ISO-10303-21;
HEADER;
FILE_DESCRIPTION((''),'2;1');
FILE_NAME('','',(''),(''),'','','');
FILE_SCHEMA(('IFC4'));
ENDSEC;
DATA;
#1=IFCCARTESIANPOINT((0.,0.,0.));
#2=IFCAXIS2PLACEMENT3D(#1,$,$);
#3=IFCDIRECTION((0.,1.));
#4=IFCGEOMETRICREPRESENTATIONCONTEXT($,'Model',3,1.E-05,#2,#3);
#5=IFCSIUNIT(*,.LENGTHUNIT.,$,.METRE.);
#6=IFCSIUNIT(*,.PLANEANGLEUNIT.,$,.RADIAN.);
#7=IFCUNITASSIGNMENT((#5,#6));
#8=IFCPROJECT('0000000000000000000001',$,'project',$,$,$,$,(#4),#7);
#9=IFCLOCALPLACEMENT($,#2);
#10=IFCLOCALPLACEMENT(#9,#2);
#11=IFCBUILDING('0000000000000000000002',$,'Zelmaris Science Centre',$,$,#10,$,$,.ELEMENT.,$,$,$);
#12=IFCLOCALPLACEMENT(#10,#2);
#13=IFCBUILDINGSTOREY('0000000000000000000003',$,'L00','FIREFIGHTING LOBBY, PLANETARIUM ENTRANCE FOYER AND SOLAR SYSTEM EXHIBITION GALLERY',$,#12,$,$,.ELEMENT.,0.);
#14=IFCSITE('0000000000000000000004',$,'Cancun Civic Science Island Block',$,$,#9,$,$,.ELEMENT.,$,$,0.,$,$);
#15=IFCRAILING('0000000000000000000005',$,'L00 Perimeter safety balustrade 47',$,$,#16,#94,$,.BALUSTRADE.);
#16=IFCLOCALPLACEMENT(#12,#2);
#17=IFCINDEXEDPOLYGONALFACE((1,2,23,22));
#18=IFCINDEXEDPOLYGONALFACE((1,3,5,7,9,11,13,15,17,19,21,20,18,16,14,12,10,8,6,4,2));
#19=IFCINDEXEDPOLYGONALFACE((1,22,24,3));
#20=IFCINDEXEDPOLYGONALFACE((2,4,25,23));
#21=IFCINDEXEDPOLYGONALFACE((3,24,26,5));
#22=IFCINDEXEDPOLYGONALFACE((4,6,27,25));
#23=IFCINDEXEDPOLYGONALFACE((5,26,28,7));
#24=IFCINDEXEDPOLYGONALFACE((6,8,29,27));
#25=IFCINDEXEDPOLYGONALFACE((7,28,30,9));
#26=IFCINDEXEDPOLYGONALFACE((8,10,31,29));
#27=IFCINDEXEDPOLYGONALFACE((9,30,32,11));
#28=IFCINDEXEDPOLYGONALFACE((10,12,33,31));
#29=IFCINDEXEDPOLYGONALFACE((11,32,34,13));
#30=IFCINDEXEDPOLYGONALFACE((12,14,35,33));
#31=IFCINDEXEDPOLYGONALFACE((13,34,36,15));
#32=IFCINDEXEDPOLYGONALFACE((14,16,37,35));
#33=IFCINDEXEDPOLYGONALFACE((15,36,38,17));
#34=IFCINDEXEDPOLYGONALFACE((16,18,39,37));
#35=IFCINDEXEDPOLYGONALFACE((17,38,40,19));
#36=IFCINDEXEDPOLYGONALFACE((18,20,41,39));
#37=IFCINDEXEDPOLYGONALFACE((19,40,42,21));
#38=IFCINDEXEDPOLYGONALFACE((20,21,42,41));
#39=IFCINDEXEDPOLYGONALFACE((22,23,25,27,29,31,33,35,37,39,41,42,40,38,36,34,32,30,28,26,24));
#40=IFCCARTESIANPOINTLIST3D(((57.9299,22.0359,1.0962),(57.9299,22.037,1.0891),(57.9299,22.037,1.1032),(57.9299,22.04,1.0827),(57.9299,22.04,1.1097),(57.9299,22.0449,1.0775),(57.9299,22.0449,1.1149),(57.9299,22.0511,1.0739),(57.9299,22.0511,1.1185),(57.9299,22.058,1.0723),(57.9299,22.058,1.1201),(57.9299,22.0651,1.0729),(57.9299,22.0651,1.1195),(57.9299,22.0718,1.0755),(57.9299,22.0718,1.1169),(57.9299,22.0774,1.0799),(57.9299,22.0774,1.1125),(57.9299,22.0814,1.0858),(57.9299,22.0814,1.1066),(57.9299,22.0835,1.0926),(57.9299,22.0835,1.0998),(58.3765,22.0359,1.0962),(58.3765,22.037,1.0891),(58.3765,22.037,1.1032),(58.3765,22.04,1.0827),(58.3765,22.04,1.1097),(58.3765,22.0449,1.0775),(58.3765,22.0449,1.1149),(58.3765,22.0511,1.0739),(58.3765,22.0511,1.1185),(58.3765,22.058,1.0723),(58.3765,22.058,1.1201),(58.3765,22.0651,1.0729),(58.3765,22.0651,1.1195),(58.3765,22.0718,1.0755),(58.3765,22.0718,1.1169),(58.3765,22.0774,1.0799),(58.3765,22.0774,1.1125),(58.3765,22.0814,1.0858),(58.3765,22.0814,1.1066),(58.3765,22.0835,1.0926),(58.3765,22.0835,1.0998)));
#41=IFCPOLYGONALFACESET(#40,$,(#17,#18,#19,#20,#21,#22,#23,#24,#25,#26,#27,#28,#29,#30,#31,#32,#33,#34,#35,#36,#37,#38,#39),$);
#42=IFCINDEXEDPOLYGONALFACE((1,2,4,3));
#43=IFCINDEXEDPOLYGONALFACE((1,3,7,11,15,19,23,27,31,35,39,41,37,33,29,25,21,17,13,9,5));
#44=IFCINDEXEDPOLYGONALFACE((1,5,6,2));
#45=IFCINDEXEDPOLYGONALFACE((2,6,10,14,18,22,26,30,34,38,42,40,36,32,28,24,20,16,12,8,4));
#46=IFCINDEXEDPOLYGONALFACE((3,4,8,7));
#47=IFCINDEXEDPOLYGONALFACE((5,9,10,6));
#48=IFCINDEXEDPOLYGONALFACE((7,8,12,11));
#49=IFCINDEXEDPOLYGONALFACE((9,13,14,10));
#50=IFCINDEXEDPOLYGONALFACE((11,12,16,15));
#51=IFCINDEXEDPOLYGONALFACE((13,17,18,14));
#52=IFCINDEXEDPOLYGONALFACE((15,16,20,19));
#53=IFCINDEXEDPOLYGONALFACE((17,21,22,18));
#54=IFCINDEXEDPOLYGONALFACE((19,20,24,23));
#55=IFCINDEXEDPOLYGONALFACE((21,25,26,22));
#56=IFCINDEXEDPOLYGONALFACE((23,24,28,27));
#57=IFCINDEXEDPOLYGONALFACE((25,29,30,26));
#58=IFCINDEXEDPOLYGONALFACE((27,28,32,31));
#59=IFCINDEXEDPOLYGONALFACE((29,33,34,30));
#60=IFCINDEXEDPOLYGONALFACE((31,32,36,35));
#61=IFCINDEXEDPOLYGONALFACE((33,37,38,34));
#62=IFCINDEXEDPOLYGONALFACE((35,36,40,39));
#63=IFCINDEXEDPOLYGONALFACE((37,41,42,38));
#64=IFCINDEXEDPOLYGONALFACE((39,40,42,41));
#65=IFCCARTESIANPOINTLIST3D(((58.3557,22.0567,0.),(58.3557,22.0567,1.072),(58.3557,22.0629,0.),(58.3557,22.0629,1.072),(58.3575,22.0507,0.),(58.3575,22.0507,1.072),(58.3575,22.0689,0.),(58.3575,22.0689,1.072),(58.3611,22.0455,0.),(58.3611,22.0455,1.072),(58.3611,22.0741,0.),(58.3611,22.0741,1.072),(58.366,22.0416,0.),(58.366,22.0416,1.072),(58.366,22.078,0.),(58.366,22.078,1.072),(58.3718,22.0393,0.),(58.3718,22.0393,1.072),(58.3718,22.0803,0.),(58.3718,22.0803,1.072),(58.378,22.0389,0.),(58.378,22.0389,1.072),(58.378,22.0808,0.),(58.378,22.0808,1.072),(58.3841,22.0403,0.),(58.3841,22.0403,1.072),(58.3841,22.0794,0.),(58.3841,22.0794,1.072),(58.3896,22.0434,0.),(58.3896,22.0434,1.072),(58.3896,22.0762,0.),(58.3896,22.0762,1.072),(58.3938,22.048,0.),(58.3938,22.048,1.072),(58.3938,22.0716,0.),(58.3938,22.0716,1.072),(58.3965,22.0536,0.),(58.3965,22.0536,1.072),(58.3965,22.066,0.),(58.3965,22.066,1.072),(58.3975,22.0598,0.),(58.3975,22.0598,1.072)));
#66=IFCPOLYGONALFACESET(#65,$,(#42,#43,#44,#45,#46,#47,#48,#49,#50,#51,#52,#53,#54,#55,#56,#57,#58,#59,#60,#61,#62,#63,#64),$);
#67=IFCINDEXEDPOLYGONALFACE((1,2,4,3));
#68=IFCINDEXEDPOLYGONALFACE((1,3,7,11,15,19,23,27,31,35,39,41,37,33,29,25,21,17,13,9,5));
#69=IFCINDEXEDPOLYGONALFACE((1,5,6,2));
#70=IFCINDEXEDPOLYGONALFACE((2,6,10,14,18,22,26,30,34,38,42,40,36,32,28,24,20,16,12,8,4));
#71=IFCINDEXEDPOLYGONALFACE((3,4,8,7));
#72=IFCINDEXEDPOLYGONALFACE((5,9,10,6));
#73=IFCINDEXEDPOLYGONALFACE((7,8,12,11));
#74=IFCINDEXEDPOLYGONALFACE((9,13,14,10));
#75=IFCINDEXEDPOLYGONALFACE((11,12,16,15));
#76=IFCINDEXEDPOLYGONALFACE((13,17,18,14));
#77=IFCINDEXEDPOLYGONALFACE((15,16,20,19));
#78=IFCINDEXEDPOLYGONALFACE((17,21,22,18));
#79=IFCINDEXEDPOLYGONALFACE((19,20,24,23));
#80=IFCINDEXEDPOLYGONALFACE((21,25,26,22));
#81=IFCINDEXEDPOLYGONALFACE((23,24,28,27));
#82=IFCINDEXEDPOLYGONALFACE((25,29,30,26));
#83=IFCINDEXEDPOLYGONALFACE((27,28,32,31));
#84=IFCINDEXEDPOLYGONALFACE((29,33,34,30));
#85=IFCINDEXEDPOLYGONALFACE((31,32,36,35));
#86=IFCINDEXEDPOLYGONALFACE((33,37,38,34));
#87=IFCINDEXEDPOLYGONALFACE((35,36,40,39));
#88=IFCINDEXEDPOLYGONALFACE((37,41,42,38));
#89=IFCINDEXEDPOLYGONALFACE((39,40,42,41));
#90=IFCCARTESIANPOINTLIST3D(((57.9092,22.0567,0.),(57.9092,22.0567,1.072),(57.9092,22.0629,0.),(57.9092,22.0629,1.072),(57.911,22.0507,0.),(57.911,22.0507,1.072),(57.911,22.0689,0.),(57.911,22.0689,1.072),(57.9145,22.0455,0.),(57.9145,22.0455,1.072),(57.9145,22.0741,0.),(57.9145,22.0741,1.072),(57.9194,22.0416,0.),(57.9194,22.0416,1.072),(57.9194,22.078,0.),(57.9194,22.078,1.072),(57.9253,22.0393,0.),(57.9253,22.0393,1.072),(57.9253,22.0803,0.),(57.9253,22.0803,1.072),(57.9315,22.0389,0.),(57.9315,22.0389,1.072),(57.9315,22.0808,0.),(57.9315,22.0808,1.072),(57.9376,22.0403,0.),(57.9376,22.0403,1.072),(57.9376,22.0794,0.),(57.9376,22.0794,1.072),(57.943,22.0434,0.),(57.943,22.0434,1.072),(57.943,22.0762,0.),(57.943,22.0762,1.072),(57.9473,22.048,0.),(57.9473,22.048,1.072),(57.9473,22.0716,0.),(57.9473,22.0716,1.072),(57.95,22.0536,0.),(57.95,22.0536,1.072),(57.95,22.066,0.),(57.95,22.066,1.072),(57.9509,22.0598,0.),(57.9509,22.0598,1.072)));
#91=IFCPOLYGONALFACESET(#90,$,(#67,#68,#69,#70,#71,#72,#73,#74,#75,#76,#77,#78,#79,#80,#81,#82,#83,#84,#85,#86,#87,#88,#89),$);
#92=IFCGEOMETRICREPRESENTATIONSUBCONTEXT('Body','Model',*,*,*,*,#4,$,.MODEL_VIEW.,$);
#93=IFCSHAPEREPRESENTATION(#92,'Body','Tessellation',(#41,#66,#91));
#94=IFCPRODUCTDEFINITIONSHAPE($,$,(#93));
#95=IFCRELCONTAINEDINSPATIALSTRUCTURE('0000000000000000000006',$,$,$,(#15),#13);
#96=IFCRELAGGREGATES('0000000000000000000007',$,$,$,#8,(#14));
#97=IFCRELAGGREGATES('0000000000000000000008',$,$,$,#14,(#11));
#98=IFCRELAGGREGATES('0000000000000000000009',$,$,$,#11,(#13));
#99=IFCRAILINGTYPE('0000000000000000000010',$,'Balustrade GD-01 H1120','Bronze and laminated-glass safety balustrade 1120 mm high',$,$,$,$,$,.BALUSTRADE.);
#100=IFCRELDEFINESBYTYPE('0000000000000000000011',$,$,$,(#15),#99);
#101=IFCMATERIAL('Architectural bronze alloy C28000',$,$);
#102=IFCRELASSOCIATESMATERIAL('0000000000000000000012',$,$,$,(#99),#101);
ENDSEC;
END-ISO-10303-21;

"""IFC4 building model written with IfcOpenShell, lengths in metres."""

from ifc_helpers import new_model, si_unit, direction, frame, origin, origin_2d, place, context, subcontext, project, spatial, circle, extrude, material, type_object, element, save


model = new_model("IFC4")

# Units and contexts
model_context = context("Model", 3, precision=1e-05, world=origin(), true_north=direction((0.0, 1.0)))
body_context = subcontext(model_context, "Body", "Model", "MODEL_VIEW")
ifc_project = project(units=[si_unit("LENGTHUNIT", "METRE"), si_unit("PLANEANGLEUNIT", "RADIAN")], contexts=[model_context])

# Site, building, storey
site_placement = place(None, origin())
site = spatial("IfcSite", under=ifc_project, at=site_placement, Name="Cancun Civic Science Island Block", CompositionType="ELEMENT", RefElevation=0.0)
building_placement = place(site_placement, origin())
building = spatial("IfcBuilding", under=site, at=building_placement, Name="Zelmaris Science Centre", CompositionType="ELEMENT")
storey_placement = place(building_placement, origin())
storey = spatial("IfcBuildingStorey", under=building, at=storey_placement, Name="L00", Description="FIREFIGHTING LOBBY, PLANETARIUM ENTRANCE FOYER AND SOLAR SYSTEM EXHIBITION GALLERY", CompositionType="ELEMENT", Elevation=0.0)

# Railing
ifc_material_1 = material(Name="Architectural bronze alloy C28000")
railing_type = type_object("IfcRailingType", Name="Balustrade GD-01 H1120", Description="Bronze and laminated-glass safety balustrade 1120 mm high", PredefinedType="BALUSTRADE", material=ifc_material_1)
railing_1_placement = place(storey_placement, frame((58.3765, 22.0598, 0.0)))
element("IfcRailing", 1, at=railing_1_placement, inside=storey, type_object=railing_type, Name="L00 Perimeter safety balustrade 47", PredefinedType="BALUSTRADE", context=body_context, shape_type="SweptSolid", body=[
    extrude(circle(Radius=0.0239, at=origin_2d()), frame((0.0, 0.0, 1.0962), z_axis=(-1.0, 0.0, 0.0), x_axis=(0.0, -1.0, 0.0)), (0.0, 0.0, 1.0), 0.4465),
    extrude(circle(Radius=0.021, at=origin_2d()), origin(), (0.0, 0.0, 1.0), 1.072),
    extrude(circle(Radius=0.021, at=origin_2d()), frame((-0.4465, 0.0, 0.0)), (0.0, 0.0, 1.0), 1.072),
])

save(model, "model.ifc")
